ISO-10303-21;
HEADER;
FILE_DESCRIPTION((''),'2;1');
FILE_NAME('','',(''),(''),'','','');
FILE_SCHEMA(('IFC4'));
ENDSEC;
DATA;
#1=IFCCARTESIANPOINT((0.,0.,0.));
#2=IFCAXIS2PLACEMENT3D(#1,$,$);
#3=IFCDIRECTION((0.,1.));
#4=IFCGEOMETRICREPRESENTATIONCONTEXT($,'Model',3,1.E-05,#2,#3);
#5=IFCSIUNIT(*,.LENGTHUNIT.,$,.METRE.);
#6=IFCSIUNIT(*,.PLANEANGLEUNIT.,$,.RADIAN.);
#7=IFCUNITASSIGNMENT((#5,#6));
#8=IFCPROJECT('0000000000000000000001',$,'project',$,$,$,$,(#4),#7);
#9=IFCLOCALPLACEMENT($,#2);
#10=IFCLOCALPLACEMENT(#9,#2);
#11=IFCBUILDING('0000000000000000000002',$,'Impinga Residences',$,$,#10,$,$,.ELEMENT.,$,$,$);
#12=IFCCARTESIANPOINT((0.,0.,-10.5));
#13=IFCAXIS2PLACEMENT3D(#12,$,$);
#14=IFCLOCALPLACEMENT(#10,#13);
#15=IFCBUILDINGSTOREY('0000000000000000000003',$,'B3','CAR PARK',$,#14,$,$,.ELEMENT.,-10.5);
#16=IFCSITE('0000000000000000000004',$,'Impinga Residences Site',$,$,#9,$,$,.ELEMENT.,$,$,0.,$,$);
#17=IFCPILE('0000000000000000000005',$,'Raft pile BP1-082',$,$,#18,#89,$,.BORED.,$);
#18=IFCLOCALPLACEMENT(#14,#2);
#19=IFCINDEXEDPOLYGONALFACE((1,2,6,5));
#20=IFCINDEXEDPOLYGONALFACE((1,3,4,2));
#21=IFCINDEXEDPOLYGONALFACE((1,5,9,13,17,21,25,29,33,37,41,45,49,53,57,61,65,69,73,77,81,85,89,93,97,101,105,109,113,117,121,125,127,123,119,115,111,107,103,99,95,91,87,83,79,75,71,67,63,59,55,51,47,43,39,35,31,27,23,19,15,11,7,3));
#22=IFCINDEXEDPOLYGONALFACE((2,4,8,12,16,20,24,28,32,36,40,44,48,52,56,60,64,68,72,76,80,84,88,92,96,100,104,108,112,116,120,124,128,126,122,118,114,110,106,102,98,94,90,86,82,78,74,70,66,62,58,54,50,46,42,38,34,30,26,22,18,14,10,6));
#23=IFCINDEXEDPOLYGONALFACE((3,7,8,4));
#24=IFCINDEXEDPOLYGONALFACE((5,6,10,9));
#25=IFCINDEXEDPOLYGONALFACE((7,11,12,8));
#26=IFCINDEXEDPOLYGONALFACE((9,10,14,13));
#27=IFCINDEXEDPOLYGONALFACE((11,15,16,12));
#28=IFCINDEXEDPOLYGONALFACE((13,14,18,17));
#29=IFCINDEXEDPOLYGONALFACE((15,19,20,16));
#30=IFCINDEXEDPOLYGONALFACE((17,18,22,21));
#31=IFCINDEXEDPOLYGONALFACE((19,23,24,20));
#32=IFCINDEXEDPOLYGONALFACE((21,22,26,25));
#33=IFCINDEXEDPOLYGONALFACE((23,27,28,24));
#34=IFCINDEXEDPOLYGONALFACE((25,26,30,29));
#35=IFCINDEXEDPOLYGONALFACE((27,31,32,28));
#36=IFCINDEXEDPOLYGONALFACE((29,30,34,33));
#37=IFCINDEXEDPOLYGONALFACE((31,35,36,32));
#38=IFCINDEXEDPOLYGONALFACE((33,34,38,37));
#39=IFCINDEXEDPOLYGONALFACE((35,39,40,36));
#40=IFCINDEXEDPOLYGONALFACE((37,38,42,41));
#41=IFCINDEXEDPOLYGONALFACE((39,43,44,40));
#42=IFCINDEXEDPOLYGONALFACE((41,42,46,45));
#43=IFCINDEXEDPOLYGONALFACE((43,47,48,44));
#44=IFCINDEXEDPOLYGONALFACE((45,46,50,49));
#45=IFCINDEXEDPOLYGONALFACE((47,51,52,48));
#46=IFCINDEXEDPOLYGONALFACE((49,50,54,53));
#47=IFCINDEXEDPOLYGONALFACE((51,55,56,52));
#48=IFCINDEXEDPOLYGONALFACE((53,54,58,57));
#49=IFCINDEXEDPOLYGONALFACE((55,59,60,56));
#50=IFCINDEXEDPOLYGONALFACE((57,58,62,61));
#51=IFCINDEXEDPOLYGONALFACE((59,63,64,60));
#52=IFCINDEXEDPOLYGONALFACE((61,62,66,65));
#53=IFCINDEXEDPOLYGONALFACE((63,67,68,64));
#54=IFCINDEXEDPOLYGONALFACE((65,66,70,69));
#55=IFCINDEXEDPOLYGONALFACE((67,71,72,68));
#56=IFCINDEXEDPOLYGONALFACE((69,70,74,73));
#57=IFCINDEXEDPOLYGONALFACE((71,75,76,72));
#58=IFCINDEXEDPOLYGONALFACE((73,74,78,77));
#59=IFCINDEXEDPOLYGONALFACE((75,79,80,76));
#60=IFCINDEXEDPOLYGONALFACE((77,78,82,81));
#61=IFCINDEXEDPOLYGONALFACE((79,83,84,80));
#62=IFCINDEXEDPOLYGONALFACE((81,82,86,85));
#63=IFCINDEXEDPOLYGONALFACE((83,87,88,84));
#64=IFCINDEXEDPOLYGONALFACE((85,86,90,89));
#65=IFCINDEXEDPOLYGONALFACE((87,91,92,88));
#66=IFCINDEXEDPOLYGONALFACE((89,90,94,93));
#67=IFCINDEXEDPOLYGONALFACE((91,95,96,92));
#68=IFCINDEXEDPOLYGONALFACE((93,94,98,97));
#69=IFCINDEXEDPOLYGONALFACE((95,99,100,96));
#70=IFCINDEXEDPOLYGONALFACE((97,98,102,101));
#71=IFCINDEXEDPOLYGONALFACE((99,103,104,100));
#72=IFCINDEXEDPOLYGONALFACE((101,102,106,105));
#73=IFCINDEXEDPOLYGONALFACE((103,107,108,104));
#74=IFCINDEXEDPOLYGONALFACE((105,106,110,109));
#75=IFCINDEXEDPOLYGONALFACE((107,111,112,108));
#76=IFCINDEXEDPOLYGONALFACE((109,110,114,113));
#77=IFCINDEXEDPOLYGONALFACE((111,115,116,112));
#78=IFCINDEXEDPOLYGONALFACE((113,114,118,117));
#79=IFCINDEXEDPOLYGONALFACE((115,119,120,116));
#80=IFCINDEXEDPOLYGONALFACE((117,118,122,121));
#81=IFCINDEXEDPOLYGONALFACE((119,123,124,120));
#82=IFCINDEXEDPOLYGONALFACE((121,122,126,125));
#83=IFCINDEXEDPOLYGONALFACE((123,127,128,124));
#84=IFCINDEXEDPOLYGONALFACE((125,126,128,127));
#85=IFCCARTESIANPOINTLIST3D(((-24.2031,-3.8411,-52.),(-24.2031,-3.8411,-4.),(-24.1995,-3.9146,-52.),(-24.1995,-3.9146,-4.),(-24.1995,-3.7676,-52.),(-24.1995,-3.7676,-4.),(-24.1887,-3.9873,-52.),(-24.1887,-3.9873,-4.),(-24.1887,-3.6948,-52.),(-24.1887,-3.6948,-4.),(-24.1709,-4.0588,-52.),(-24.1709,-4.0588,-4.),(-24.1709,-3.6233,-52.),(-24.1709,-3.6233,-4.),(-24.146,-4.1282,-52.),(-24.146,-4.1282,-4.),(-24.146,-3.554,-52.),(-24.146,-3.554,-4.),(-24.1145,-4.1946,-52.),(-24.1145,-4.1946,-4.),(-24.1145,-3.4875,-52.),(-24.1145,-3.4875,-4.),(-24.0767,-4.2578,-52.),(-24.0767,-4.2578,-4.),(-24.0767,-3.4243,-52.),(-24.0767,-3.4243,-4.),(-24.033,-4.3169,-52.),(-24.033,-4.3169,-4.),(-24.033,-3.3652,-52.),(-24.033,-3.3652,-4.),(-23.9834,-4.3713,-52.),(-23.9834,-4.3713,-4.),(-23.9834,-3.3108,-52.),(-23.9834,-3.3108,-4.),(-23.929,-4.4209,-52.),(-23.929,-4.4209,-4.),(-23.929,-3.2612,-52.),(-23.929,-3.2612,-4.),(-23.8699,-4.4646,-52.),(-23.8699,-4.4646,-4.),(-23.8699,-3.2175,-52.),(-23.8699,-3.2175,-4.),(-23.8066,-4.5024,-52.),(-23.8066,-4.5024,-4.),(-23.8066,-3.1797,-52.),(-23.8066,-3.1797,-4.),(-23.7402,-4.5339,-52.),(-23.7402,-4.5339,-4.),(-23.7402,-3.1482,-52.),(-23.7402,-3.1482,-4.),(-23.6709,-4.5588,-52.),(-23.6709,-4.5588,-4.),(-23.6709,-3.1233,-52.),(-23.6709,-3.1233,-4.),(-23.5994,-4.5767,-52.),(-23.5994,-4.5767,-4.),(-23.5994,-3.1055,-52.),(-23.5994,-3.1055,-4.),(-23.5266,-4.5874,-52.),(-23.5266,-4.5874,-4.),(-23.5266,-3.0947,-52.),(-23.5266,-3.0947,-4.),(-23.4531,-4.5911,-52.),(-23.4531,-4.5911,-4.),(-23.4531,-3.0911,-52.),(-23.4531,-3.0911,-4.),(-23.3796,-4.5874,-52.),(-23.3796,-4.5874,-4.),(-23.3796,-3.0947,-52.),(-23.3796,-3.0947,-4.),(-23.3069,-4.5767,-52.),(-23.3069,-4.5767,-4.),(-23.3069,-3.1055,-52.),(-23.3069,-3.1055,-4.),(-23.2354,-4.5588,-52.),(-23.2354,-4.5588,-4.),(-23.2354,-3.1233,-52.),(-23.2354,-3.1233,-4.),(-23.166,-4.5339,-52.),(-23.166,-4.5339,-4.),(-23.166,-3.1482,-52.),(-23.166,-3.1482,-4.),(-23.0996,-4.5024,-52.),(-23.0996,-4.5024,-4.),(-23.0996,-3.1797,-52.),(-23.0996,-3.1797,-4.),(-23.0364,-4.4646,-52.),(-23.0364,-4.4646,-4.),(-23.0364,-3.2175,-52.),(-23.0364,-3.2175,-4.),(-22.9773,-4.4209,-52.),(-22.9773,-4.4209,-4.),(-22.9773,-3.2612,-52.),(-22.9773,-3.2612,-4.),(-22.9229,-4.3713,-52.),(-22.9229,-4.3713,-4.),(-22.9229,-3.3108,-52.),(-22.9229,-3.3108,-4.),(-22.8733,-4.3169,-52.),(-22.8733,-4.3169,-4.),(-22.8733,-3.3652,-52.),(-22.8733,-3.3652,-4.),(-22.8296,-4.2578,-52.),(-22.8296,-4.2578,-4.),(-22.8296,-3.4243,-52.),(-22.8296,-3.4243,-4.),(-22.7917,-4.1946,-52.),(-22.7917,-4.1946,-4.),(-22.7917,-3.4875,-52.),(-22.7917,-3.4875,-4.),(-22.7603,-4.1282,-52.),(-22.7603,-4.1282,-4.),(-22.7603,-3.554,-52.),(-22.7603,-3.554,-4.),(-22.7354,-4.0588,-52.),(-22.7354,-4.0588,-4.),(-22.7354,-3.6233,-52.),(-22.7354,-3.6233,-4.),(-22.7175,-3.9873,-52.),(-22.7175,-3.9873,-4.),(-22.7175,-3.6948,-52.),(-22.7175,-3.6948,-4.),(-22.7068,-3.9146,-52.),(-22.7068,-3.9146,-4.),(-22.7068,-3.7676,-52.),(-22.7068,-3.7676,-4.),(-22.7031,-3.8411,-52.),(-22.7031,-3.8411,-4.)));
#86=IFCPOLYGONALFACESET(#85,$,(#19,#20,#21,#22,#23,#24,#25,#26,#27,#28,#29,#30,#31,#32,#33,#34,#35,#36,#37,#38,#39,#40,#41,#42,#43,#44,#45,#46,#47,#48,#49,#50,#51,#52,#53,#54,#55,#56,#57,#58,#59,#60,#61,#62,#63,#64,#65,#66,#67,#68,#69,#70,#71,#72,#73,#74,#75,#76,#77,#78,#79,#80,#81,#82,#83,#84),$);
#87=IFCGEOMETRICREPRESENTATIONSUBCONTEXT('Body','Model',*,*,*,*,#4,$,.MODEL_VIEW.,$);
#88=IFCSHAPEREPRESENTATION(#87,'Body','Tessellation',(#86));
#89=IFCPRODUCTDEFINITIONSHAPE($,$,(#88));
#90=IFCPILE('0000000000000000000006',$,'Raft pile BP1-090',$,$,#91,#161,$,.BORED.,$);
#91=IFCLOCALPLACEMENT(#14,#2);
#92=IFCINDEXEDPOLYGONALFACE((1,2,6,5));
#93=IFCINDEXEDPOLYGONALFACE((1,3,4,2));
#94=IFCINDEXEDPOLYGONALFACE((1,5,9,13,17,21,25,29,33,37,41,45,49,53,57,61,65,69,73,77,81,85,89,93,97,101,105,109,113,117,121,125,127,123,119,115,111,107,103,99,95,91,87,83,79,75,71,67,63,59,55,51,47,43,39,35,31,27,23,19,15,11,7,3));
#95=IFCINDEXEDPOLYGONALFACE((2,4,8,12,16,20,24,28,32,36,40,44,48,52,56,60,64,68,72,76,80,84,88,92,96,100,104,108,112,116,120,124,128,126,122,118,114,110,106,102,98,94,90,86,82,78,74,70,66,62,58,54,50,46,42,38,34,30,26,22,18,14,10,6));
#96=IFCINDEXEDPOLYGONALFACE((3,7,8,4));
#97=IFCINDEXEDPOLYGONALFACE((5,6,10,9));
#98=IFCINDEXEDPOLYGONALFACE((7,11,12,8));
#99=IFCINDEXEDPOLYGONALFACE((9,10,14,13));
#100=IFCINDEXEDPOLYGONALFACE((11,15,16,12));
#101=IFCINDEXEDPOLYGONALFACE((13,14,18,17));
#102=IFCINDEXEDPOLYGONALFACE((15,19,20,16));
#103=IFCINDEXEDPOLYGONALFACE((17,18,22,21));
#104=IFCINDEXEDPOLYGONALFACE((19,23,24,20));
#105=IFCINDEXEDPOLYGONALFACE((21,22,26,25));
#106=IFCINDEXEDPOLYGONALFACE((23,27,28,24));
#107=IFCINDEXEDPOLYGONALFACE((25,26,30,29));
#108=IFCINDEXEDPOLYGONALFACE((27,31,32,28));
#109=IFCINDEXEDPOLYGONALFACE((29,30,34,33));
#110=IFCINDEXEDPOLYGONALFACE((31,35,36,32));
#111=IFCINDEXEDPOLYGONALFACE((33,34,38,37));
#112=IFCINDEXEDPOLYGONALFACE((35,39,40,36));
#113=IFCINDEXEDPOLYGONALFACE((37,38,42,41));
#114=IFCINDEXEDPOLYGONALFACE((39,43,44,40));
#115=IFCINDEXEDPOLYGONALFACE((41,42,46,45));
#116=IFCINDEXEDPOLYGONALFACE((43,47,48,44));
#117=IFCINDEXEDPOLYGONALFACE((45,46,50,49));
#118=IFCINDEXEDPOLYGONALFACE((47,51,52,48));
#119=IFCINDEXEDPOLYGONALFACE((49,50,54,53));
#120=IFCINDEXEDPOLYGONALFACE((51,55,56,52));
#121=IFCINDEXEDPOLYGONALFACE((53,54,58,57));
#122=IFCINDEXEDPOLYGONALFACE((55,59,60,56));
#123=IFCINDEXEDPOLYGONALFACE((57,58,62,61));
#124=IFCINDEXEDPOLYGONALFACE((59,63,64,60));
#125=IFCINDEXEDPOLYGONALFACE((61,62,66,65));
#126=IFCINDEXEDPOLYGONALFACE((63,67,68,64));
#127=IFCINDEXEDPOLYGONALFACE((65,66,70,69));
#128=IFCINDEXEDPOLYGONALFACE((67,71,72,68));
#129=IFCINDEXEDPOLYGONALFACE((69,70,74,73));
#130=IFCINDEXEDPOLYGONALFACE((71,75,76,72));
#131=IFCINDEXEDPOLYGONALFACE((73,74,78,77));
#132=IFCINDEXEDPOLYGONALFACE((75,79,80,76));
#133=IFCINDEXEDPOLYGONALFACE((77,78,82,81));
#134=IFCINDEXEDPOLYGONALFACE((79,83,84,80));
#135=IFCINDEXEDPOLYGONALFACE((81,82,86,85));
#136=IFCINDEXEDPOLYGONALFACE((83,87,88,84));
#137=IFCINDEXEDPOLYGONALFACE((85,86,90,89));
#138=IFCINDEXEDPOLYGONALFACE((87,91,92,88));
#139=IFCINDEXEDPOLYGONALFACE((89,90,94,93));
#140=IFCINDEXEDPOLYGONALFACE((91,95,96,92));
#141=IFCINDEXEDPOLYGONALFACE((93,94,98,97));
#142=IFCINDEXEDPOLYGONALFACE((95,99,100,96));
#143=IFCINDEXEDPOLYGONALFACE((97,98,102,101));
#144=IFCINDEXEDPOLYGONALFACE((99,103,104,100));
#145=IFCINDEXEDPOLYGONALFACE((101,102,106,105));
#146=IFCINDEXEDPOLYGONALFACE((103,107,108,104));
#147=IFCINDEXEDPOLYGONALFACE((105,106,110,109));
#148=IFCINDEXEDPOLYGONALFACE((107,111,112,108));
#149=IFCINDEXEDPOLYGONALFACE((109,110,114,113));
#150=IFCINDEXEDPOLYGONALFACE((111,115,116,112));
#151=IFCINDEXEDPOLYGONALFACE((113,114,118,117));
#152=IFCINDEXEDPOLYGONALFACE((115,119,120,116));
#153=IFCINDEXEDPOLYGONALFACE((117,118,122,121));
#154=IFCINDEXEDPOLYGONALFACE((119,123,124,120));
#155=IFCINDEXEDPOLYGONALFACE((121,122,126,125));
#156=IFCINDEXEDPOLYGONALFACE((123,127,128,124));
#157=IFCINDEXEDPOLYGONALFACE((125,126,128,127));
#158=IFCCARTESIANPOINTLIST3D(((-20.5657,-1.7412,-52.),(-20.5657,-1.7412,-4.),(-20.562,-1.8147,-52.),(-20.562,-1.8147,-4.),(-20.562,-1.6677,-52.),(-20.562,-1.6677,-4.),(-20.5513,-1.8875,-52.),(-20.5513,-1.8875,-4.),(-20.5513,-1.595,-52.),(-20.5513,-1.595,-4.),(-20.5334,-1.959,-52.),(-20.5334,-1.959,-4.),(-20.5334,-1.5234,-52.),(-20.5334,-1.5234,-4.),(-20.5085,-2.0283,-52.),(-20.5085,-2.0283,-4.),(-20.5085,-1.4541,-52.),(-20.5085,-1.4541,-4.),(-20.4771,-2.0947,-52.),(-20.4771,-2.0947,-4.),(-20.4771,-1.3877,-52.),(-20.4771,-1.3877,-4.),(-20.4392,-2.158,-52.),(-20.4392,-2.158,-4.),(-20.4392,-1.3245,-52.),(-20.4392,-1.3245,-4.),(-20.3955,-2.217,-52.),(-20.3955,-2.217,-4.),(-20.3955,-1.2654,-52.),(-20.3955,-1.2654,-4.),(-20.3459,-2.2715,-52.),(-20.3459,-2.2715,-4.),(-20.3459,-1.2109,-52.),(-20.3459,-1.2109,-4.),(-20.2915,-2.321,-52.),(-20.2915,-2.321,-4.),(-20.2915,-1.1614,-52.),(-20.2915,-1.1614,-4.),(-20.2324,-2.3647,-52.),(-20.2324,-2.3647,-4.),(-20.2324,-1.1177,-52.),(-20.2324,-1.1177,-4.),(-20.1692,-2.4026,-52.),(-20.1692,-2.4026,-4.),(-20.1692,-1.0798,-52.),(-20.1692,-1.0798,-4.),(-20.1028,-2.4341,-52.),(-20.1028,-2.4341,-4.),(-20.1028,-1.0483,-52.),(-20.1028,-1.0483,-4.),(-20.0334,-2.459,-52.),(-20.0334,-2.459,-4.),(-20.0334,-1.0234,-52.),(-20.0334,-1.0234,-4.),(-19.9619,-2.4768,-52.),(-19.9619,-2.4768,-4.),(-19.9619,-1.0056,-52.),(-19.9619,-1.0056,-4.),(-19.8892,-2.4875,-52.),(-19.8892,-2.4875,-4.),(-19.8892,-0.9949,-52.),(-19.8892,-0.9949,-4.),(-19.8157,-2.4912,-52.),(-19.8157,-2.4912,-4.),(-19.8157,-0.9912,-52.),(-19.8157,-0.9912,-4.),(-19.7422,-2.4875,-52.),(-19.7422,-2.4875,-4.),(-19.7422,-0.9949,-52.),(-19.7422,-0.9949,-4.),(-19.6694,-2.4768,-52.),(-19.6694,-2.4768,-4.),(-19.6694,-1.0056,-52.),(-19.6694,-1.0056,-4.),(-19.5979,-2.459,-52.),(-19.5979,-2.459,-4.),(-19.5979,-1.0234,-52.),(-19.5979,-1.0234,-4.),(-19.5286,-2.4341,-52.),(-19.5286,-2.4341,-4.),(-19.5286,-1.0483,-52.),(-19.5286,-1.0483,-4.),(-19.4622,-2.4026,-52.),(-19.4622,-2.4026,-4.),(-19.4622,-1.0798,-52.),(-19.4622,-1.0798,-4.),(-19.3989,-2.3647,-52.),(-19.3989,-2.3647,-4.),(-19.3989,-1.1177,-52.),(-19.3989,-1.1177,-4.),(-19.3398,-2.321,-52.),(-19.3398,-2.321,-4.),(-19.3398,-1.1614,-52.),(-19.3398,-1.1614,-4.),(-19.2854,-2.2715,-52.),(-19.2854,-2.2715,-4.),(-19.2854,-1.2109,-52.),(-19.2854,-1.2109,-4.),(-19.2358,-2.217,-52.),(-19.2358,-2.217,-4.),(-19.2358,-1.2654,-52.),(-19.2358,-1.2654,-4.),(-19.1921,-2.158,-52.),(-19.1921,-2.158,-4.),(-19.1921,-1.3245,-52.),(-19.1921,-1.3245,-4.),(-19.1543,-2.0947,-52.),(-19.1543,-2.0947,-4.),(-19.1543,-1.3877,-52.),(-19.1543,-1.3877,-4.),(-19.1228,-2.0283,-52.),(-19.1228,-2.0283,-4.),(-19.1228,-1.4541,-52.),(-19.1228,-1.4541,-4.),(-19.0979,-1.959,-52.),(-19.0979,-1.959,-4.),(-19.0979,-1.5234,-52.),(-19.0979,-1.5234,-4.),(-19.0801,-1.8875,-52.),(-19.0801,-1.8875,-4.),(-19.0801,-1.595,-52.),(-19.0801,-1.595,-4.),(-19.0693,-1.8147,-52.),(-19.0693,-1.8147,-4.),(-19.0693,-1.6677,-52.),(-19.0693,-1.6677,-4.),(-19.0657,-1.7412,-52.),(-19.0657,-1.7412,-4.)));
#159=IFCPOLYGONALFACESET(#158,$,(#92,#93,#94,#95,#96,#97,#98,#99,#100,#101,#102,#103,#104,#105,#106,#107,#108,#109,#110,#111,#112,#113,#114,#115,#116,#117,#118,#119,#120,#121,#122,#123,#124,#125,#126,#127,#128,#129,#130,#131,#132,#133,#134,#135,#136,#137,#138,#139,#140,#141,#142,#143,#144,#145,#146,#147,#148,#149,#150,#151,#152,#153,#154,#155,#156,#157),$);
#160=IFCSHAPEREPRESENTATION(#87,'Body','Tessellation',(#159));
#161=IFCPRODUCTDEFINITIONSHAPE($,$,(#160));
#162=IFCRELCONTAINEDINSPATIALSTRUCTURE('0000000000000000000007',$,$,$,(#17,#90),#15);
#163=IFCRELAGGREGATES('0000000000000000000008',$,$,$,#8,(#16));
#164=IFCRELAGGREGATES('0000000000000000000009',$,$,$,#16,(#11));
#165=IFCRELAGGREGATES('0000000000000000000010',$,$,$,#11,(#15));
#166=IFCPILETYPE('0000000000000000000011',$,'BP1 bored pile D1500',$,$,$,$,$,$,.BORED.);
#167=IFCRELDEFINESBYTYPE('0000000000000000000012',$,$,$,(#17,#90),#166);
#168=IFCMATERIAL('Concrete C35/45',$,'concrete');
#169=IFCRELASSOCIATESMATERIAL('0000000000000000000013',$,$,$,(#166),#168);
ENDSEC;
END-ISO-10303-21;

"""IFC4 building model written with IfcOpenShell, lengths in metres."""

from ifc_helpers import new_model, si_unit, direction, frame, origin, origin_2d, place, context, subcontext, project, spatial, polyline, circle, outline, extrude, material, material_profile, profile_set, type_object, element, save


model = new_model("IFC4")

# Units and contexts
model_context = context("Model", 3, precision=1e-05, world=origin(), true_north=direction((0.0, 1.0)))
body_context = subcontext(model_context, "Body", "Model", "MODEL_VIEW")
ifc_project = project(units=[si_unit("LENGTHUNIT", "METRE"), si_unit("PLANEANGLEUNIT", "RADIAN")], contexts=[model_context])

# Site, building, storey
site_placement = place(None, origin())
site = spatial("IfcSite", under=ifc_project, at=site_placement, Name="Impinga Residences Site", CompositionType="ELEMENT", RefElevation=0.0)
building_placement = place(site_placement, origin())
building = spatial("IfcBuilding", under=site, at=building_placement, Name="Impinga Residences", CompositionType="ELEMENT")
storey_placement = place(building_placement, frame((0.0, 0.0, -10.5)))
storey = spatial("IfcBuildingStorey", under=building, at=storey_placement, Name="B3", Description="CAR PARK", CompositionType="ELEMENT", Elevation=-10.5)

# Piles
ifc_material_1 = material(Name="Concrete C35/45", Category="concrete")
ifc_material_profile_1 = material_profile(ifc_material_1, circle(Radius=0.75, at=origin_2d()), Name="D1500")
ifc_profile_set_1 = profile_set([ifc_material_profile_1], Name="Concrete C35/45")
pile_type_1 = type_object("IfcPileType", Name="BP1 bored pile D1500", PredefinedType="BORED", material=ifc_profile_set_1)
pile_1_placement = place(storey_placement, frame((-23.4531, -3.8411, -4.0), z_axis=(0.0, 0.0, -1.0), x_axis=(1.0, 0.0, 0.0)))
element("IfcPile", 1, at=pile_1_placement, inside=storey, type_object=pile_type_1, Name="Raft pile BP1-082", PredefinedType="BORED", context=body_context, shape_type="SweptSolid", body=[
    extrude(outline(polyline([(0.75, 0.0), (0.7463, 0.0735), (0.7356, 0.1462), (0.7178, 0.2178), (0.6929, 0.2871), (0.6614, 0.3535), (0.6235, 0.4167), (0.5798, 0.4758), (0.5303, 0.5303), (0.4758, 0.5798), (0.4167, 0.6235), (0.3535, 0.6614), (0.2871, 0.6929), (0.2178, 0.7178), (0.1462, 0.7356), (0.0735, 0.7463), (0.0, 0.75), (-0.0735, 0.7463), (-0.1462, 0.7356), (-0.2178, 0.7178), (-0.2871, 0.6929), (-0.3535, 0.6614), (-0.4167, 0.6235), (-0.4758, 0.5798), (-0.5303, 0.5303), (-0.5798, 0.4758), (-0.6235, 0.4167), (-0.6614, 0.3535), (-0.6929, 0.2871), (-0.7178, 0.2178), (-0.7356, 0.1462), (-0.7463, 0.0735), (-0.75, 0.0), (-0.7463, -0.0735), (-0.7356, -0.1462), (-0.7178, -0.2178), (-0.6929, -0.2871), (-0.6614, -0.3535), (-0.6235, -0.4167), (-0.5798, -0.4758), (-0.5303, -0.5303), (-0.4758, -0.5798), (-0.4167, -0.6235), (-0.3535, -0.6614), (-0.2871, -0.6929), (-0.2178, -0.7178), (-0.1462, -0.7356), (-0.0735, -0.7463), (0.0, -0.75), (0.0735, -0.7463), (0.1462, -0.7356), (0.2178, -0.7178), (0.2871, -0.6929), (0.3535, -0.6614), (0.4167, -0.6235), (0.4758, -0.5798), (0.5303, -0.5303), (0.5798, -0.4758), (0.6235, -0.4167), (0.6614, -0.3535), (0.6929, -0.2871), (0.7178, -0.2178), (0.7356, -0.1462), (0.7463, -0.0735), (0.75, 0.0)])), origin(), (0.0, 0.0, 1.0), 48.0),
])
pile_2_placement = place(storey_placement, frame((-19.8157, -1.7412, -4.0), z_axis=(0.0, 0.0, -1.0), x_axis=(1.0, 0.0, 0.0)))
element("IfcPile", 2, at=pile_2_placement, inside=storey, type_object=pile_type_1, Name="Raft pile BP1-090", PredefinedType="BORED", context=body_context, shape_type="SweptSolid", body=[
    extrude(outline(polyline([(0.75, 0.0), (0.7463, 0.0735), (0.7356, 0.1462), (0.7178, 0.2178), (0.6929, 0.2871), (0.6614, 0.3535), (0.6235, 0.4167), (0.5798, 0.4758), (0.5303, 0.5303), (0.4758, 0.5798), (0.4167, 0.6235), (0.3535, 0.6614), (0.2871, 0.6929), (0.2178, 0.7178), (0.1462, 0.7356), (0.0735, 0.7463), (0.0, 0.75), (-0.0735, 0.7463), (-0.1462, 0.7356), (-0.2178, 0.7178), (-0.2871, 0.6929), (-0.3535, 0.6614), (-0.4167, 0.6235), (-0.4758, 0.5798), (-0.5303, 0.5303), (-0.5798, 0.4758), (-0.6235, 0.4167), (-0.6614, 0.3535), (-0.6929, 0.2871), (-0.7178, 0.2178), (-0.7356, 0.1462), (-0.7463, 0.0735), (-0.75, 0.0), (-0.7463, -0.0735), (-0.7356, -0.1462), (-0.7178, -0.2178), (-0.6929, -0.2871), (-0.6614, -0.3535), (-0.6235, -0.4167), (-0.5798, -0.4758), (-0.5303, -0.5303), (-0.4758, -0.5798), (-0.4167, -0.6235), (-0.3535, -0.6614), (-0.2871, -0.6929), (-0.2178, -0.7178), (-0.1462, -0.7356), (-0.0735, -0.7463), (0.0, -0.75), (0.0735, -0.7463), (0.1462, -0.7356), (0.2178, -0.7178), (0.2871, -0.6929), (0.3535, -0.6614), (0.4167, -0.6235), (0.4758, -0.5798), (0.5303, -0.5303), (0.5798, -0.4758), (0.6235, -0.4167), (0.6614, -0.3535), (0.6929, -0.2871), (0.7178, -0.2178), (0.7356, -0.1462), (0.7463, -0.0735), (0.75, 0.0)])), origin(), (0.0, 0.0, 1.0), 48.0),
])

save(model, "model.ifc")
